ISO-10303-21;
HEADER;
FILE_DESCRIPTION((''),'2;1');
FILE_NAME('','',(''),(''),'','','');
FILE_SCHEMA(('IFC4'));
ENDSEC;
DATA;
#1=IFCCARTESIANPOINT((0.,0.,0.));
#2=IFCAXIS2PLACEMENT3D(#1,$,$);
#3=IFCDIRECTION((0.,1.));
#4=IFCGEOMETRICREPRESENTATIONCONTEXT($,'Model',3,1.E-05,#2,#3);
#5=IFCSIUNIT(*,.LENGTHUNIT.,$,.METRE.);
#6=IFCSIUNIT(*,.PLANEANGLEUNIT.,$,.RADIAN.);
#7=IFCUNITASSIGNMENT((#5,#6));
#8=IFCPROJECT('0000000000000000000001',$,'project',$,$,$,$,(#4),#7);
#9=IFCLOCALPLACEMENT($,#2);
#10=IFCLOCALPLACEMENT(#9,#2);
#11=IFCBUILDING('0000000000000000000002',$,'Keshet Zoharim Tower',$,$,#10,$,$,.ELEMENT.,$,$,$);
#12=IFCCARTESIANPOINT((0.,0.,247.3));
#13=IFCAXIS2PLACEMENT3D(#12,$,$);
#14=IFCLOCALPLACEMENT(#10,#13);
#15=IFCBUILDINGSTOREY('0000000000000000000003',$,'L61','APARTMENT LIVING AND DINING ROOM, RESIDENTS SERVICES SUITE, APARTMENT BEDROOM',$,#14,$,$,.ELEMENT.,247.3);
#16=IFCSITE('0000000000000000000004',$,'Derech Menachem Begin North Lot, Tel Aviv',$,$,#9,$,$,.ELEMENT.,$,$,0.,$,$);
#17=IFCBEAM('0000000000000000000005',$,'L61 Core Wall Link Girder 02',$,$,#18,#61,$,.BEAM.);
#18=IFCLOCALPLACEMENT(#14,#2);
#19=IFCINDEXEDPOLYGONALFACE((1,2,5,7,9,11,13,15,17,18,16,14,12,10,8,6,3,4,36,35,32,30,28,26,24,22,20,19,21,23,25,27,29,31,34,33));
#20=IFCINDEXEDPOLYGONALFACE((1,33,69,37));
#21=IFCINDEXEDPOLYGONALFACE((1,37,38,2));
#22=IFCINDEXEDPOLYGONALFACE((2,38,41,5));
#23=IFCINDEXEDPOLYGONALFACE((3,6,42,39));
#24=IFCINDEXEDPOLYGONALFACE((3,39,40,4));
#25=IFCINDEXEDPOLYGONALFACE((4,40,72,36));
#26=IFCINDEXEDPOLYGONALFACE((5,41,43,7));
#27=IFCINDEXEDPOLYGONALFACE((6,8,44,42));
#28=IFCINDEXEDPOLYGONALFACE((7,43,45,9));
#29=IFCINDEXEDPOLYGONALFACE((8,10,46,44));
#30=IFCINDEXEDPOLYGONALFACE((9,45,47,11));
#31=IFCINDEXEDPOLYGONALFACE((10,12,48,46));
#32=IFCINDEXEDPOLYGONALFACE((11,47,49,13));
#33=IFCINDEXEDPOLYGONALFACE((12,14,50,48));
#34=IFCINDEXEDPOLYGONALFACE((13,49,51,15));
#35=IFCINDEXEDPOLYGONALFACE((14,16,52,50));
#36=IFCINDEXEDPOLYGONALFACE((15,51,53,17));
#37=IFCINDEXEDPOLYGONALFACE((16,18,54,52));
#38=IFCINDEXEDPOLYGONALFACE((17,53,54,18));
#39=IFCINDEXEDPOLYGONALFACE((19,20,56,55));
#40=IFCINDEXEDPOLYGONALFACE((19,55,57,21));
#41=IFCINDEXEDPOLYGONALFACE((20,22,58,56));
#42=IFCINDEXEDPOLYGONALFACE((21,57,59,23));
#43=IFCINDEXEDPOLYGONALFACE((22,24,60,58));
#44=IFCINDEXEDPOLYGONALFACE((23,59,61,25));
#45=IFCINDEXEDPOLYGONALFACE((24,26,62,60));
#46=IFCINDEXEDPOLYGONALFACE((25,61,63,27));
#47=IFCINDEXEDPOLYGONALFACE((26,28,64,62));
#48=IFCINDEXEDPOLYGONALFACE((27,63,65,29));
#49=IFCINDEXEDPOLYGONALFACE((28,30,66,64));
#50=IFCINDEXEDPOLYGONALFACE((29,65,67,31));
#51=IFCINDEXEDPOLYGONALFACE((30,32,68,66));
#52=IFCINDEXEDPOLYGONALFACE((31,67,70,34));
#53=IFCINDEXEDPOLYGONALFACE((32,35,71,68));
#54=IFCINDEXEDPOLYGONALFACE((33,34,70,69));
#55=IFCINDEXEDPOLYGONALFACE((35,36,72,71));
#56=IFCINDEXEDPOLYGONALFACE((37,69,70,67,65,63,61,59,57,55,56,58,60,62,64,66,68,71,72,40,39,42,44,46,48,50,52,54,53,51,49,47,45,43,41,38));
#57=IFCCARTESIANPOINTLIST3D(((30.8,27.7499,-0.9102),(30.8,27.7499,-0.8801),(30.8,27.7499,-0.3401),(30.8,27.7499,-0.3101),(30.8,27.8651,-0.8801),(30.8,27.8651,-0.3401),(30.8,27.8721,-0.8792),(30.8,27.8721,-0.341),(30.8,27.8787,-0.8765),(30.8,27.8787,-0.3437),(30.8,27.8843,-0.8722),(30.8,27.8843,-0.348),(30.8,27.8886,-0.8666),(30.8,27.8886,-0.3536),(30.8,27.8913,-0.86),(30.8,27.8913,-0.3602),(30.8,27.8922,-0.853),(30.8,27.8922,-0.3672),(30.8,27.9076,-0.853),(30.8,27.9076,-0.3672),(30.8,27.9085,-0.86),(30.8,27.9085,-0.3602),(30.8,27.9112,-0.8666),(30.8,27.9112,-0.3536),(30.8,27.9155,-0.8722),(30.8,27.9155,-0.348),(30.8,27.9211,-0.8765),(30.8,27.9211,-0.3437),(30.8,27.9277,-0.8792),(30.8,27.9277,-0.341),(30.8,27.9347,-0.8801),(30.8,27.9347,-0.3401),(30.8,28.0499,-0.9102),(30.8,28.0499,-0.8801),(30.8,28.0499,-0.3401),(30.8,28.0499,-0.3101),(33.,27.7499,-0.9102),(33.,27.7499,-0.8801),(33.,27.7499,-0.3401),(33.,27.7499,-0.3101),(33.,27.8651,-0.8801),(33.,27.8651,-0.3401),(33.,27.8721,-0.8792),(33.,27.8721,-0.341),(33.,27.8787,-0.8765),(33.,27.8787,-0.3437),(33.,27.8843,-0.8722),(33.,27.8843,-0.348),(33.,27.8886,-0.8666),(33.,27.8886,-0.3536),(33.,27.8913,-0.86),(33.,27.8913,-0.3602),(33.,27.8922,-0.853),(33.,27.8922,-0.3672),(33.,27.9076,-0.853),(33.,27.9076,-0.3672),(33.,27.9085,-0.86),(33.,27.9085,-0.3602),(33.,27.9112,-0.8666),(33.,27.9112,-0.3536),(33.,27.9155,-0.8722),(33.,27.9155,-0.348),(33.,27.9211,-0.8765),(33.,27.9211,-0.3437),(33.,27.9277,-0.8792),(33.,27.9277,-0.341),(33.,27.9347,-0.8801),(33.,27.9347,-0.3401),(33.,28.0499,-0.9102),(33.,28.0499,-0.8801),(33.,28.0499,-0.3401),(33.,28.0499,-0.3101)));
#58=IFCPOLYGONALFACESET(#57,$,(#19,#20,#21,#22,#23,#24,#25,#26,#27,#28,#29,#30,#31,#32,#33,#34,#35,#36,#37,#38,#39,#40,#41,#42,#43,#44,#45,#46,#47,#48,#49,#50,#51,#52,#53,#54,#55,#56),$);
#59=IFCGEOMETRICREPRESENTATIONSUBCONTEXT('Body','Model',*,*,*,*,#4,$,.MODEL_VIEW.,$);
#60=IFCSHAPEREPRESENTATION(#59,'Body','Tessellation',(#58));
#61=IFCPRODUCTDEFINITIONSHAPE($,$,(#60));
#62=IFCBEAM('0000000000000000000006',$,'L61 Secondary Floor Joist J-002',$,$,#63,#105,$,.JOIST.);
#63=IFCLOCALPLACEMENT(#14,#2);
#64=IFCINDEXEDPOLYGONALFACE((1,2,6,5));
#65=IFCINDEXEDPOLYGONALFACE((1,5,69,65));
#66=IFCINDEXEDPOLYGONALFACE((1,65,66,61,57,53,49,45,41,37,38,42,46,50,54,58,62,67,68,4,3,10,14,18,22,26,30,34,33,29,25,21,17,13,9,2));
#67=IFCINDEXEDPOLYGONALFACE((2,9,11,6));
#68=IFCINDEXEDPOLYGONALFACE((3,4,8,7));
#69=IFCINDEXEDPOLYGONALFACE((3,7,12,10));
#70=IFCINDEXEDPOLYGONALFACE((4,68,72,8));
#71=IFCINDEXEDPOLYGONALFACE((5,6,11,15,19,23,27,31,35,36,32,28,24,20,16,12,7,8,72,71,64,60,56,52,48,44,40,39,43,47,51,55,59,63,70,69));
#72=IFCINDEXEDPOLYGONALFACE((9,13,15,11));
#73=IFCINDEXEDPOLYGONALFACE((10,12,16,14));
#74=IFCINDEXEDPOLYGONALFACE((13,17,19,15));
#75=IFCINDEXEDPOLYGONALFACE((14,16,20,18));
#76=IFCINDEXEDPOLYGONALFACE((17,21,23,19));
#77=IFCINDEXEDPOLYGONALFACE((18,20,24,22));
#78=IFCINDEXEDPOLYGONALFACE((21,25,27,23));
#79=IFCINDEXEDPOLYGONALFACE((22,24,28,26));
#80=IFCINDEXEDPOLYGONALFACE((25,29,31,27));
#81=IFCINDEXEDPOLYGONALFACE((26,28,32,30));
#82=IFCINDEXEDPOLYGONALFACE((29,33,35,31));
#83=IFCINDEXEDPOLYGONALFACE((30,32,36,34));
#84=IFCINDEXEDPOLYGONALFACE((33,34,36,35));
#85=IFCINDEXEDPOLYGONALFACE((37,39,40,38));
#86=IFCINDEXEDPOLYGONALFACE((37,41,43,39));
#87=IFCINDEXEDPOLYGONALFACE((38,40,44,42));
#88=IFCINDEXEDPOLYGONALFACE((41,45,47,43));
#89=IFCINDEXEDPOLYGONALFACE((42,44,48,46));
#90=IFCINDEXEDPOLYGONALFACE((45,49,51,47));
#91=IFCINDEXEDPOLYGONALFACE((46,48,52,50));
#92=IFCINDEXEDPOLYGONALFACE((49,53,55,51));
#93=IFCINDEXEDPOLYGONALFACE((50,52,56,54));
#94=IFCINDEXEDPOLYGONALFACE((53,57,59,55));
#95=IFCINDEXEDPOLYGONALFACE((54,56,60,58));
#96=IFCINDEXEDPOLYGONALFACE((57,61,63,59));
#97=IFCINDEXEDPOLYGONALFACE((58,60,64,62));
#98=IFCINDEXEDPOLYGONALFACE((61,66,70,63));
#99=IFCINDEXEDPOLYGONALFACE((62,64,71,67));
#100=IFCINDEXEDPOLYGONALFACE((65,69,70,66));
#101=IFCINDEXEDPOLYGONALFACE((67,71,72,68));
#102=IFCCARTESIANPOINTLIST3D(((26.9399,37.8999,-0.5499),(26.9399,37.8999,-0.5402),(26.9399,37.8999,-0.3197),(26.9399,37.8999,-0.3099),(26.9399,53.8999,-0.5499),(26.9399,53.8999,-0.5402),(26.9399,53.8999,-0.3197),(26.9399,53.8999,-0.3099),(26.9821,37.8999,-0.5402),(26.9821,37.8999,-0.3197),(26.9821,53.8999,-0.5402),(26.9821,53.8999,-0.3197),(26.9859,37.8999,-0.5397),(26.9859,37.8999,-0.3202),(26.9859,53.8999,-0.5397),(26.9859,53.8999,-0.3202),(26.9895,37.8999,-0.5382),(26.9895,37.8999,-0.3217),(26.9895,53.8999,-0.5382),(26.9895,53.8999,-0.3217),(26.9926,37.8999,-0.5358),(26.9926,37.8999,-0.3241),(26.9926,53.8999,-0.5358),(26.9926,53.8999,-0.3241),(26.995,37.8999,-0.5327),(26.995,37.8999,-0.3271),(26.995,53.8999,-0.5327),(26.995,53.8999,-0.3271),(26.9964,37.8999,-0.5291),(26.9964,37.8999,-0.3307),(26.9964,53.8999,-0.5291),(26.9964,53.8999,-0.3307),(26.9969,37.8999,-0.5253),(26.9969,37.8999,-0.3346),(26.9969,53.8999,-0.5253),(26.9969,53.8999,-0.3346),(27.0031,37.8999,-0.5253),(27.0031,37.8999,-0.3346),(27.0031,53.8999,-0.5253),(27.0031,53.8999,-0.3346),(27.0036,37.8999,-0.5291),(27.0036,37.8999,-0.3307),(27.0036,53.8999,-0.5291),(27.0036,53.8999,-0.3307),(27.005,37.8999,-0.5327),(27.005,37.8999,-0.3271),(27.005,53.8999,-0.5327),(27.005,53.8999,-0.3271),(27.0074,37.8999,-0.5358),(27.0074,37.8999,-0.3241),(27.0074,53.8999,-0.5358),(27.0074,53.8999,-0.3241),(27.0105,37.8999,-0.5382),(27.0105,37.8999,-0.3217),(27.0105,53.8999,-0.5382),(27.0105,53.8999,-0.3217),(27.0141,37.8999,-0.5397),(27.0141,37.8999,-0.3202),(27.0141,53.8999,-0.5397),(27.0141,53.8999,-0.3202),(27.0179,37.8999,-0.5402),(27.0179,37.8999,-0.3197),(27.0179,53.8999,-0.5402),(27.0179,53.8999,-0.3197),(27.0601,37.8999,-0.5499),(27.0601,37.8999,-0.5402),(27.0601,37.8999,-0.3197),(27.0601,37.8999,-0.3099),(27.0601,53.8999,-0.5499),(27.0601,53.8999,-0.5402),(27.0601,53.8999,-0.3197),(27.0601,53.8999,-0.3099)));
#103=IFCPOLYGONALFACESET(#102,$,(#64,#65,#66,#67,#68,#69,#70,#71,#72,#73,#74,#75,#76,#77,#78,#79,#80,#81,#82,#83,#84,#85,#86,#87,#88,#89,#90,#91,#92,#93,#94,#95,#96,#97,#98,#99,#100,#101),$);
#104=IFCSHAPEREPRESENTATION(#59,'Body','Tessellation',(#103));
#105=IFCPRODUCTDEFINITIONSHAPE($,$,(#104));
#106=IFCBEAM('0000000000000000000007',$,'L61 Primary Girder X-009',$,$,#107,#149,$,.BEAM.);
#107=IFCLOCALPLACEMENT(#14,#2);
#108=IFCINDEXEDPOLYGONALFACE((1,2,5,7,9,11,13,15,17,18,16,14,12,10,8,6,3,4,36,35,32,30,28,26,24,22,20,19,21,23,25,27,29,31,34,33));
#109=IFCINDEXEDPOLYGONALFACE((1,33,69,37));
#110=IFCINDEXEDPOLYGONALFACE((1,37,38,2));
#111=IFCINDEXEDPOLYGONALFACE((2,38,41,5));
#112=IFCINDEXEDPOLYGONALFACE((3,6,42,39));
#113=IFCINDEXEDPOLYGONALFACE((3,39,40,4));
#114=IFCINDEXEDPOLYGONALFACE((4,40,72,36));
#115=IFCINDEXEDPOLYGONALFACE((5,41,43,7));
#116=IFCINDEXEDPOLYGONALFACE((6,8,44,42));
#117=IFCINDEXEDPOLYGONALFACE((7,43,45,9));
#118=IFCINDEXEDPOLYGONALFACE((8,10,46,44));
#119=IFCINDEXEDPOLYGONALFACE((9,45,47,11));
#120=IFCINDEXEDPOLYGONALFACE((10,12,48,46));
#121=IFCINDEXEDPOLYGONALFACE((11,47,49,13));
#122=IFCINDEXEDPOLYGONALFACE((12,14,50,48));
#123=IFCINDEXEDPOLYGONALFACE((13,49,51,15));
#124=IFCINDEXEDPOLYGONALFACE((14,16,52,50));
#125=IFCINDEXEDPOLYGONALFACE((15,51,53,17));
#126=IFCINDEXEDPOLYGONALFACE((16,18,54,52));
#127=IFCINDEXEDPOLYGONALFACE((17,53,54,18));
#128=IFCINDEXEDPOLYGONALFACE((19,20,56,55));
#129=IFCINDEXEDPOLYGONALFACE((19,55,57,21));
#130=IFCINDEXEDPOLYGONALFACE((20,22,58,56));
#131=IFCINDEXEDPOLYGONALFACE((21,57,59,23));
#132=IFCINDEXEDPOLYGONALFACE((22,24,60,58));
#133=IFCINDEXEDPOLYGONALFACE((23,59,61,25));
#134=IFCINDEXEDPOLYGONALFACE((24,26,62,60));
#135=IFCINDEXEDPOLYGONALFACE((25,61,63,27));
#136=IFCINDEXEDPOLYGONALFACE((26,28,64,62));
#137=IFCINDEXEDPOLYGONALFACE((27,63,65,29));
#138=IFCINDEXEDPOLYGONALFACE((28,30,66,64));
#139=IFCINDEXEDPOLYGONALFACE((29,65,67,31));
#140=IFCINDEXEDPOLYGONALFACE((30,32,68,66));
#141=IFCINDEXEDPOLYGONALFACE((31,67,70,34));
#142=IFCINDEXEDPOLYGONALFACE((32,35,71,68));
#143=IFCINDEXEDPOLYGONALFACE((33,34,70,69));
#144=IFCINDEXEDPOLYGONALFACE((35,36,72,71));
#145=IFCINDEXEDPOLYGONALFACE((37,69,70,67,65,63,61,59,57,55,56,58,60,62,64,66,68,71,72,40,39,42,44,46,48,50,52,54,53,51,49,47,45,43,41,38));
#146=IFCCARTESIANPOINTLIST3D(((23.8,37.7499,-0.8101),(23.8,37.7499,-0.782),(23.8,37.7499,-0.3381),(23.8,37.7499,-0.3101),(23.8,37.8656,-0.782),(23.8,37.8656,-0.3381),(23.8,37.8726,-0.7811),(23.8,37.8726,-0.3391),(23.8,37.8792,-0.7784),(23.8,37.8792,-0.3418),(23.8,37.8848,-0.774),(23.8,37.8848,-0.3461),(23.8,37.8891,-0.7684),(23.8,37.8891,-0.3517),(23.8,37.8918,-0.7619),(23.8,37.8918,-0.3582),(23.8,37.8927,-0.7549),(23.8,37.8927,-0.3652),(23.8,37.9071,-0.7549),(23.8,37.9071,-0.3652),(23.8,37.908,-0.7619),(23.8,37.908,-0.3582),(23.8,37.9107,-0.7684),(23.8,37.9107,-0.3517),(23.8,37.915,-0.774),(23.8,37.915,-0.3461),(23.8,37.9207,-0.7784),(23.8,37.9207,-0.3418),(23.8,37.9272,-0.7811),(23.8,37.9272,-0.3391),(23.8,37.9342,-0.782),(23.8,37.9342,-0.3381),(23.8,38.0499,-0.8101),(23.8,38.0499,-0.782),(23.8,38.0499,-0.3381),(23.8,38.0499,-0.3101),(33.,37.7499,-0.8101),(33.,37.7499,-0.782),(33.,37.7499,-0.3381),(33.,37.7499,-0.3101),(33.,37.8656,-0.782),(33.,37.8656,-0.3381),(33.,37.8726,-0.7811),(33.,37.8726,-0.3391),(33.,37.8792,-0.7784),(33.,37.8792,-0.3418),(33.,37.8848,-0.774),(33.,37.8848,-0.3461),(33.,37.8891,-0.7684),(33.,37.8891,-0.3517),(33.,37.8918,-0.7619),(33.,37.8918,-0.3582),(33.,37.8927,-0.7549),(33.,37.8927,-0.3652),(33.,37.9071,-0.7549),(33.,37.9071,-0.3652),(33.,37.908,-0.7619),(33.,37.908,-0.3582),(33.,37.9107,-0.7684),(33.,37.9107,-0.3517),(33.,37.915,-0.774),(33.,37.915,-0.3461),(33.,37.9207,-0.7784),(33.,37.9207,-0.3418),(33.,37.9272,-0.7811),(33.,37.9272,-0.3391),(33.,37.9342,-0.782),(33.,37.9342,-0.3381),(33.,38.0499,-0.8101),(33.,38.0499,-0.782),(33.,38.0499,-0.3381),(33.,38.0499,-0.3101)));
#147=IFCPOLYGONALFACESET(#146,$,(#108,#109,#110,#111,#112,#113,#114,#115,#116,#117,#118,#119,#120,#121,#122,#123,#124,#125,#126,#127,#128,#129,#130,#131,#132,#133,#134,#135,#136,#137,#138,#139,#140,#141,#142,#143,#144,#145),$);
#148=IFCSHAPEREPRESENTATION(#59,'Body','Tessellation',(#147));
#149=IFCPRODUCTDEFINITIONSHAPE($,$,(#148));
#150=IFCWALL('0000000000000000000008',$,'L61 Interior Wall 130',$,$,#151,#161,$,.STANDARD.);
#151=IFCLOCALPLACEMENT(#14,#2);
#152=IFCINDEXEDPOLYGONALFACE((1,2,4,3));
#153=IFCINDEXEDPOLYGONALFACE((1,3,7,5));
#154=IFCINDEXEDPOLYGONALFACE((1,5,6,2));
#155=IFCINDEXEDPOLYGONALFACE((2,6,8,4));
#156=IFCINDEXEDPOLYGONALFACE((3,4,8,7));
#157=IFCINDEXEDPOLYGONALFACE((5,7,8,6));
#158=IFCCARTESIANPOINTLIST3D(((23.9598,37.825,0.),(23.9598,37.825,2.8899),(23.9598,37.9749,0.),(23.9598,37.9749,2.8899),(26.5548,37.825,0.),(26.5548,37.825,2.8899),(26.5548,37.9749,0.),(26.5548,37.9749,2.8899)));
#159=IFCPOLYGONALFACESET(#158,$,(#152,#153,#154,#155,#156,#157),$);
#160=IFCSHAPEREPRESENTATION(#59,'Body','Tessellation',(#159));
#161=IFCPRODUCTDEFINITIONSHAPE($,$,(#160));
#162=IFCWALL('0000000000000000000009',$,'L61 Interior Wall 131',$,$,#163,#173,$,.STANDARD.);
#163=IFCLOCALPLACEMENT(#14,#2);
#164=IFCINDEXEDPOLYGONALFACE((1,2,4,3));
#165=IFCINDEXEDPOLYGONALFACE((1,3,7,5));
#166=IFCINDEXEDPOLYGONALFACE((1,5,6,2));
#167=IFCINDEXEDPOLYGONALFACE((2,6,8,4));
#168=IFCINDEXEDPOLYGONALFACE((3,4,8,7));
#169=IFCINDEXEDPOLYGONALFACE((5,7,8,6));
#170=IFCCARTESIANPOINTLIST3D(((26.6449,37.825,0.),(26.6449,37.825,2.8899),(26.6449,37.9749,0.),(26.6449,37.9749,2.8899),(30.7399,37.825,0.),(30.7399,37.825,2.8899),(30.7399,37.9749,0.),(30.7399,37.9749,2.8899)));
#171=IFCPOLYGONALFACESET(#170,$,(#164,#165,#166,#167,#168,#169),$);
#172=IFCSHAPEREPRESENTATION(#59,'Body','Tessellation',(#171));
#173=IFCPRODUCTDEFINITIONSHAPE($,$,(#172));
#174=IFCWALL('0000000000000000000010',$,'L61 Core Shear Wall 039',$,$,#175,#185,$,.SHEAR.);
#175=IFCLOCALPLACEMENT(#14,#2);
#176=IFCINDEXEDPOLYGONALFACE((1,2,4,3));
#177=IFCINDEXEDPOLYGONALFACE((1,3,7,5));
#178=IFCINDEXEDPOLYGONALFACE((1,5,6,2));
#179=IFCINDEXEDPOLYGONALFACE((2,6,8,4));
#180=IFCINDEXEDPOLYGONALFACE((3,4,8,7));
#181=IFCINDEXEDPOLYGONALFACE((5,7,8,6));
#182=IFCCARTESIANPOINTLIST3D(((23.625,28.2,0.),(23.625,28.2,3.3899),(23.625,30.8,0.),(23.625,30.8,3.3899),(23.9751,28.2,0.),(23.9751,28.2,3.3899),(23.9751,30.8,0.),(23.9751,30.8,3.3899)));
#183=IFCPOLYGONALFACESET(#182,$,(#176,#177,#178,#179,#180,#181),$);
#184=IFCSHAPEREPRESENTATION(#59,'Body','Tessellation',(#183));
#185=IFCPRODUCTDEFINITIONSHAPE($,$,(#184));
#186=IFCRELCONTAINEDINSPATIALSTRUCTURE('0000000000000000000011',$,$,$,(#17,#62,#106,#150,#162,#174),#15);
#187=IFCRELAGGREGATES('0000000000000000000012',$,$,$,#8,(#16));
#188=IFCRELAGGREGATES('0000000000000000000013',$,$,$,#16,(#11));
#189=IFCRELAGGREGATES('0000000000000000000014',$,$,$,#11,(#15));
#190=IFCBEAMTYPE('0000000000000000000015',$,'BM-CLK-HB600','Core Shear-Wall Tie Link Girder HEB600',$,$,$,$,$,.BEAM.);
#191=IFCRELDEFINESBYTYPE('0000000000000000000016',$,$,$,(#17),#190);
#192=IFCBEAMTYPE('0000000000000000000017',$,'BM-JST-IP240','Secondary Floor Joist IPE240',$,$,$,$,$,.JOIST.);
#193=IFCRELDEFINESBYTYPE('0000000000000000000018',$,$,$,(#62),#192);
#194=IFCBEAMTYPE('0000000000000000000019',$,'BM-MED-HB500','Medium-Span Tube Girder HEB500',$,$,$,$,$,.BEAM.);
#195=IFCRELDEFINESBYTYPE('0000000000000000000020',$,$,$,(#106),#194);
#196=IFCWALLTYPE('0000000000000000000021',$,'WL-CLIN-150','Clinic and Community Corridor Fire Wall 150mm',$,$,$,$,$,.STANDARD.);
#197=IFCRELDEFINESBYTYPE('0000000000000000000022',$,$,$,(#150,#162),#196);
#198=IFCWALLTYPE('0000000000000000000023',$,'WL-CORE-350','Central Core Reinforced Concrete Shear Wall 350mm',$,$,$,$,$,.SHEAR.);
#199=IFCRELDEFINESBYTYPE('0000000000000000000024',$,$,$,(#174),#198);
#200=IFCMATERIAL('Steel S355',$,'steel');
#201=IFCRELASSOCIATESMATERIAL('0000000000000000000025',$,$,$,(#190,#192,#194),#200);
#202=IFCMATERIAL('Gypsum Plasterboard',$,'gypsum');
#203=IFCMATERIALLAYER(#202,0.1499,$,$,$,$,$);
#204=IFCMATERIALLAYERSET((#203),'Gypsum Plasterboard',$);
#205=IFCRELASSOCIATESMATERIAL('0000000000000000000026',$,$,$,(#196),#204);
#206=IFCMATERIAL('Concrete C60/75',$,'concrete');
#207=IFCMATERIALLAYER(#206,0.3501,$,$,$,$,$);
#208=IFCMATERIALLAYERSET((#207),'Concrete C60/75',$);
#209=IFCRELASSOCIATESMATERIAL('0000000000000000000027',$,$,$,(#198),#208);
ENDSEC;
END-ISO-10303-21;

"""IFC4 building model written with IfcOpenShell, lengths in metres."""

from ifc_helpers import new_model, si_unit, direction, frame, frame_2d, origin, origin_2d, place, context, subcontext, project, spatial, rectangle, i_section, extrude, material, layer, layer_set, material_profile, profile_set, type_object, element, save


model = new_model("IFC4")

# Units and contexts
model_context = context("Model", 3, precision=1e-05, world=origin(), true_north=direction((0.0, 1.0)))
body_context = subcontext(model_context, "Body", "Model", "MODEL_VIEW")
ifc_project = project(units=[si_unit("LENGTHUNIT", "METRE"), si_unit("PLANEANGLEUNIT", "RADIAN")], contexts=[model_context])

# Site, building, storey
site_placement = place(None, origin())
site = spatial("IfcSite", under=ifc_project, at=site_placement, Name="Derech Menachem Begin North Lot, Tel Aviv", CompositionType="ELEMENT", RefElevation=0.0)
building_placement = place(site_placement, origin())
building = spatial("IfcBuilding", under=site, at=building_placement, Name="Keshet Zoharim Tower", CompositionType="ELEMENT")
storey_placement = place(building_placement, frame((0.0, 0.0, 247.3)))
storey = spatial("IfcBuildingStorey", under=building, at=storey_placement, Name="L61", Description="APARTMENT LIVING AND DINING ROOM, RESIDENTS SERVICES SUITE, APARTMENT BEDROOM", CompositionType="ELEMENT", Elevation=247.3)

# Beams
ifc_material_1 = material(Name="Steel S355", Category="steel")
ifc_material_profile_1 = material_profile(ifc_material_1, i_section(OverallWidth=0.3, OverallDepth=0.6001, WebThickness=0.0154, FlangeThickness=0.03, FilletRadius=0.0271, at=origin_2d()), Name="HEB600")
ifc_profile_set_1 = profile_set([ifc_material_profile_1], Name="Steel S355")
beam_type_1 = type_object("IfcBeamType", Name="BM-CLK-HB600", Description="Core Shear-Wall Tie Link Girder HEB600", PredefinedType="BEAM", material=ifc_profile_set_1)
beam_1_placement = place(storey_placement, frame((30.8, 27.8999, -0.6101), z_axis=(1.0, 0.0, 0.0), x_axis=(0.0, 1.0, 0.0)))
element("IfcBeam", 1, at=beam_1_placement, inside=storey, type_object=beam_type_1, Name="L61 Core Wall Link Girder 02", PredefinedType="BEAM", context=body_context, shape_type="SweptSolid", body=[
    extrude(i_section(OverallWidth=0.3, OverallDepth=0.6001, WebThickness=0.0154, FlangeThickness=0.03, FilletRadius=0.0271, at=origin_2d()), origin(), (0.0, 0.0, 1.0), 2.2),
])
ifc_material_profile_2 = material_profile(ifc_material_1, i_section(OverallWidth=0.1201, OverallDepth=0.24, WebThickness=0.0061, FlangeThickness=0.0098, FilletRadius=0.0149, at=origin_2d()), Name="IPE240")
ifc_profile_set_2 = profile_set([ifc_material_profile_2], Name="Steel S355")
beam_type_2 = type_object("IfcBeamType", Name="BM-JST-IP240", Description="Secondary Floor Joist IPE240", PredefinedType="JOIST", material=ifc_profile_set_2)
beam_2_placement = place(storey_placement, frame((27.0, 37.8999, -0.4299), z_axis=(0.0, 1.0, 0.0), x_axis=(-1.0, 0.0, 0.0)))
element("IfcBeam", 2, at=beam_2_placement, inside=storey, type_object=beam_type_2, Name="L61 Secondary Floor Joist J-002", PredefinedType="JOIST", context=body_context, shape_type="SweptSolid", body=[
    extrude(i_section(OverallWidth=0.1201, OverallDepth=0.24, WebThickness=0.0061, FlangeThickness=0.0098, FilletRadius=0.0149, at=origin_2d()), origin(), (0.0, 0.0, 1.0), 16.0),
])
ifc_material_profile_3 = material_profile(ifc_material_1, i_section(OverallWidth=0.3, OverallDepth=0.5, WebThickness=0.0144, FlangeThickness=0.0281, FilletRadius=0.0271, at=origin_2d()), Name="HEB500")
ifc_profile_set_3 = profile_set([ifc_material_profile_3], Name="Steel S355")
beam_type_3 = type_object("IfcBeamType", Name="BM-MED-HB500", Description="Medium-Span Tube Girder HEB500", PredefinedType="BEAM", material=ifc_profile_set_3)
beam_3_placement = place(storey_placement, frame((23.8, 37.8999, -0.5601), z_axis=(1.0, 0.0, 0.0), x_axis=(0.0, 1.0, 0.0)))
element("IfcBeam", 3, at=beam_3_placement, inside=storey, type_object=beam_type_3, Name="L61 Primary Girder X-009", PredefinedType="BEAM", context=body_context, shape_type="SweptSolid", body=[
    extrude(i_section(OverallWidth=0.3, OverallDepth=0.5, WebThickness=0.0144, FlangeThickness=0.0281, FilletRadius=0.0271, at=origin_2d()), origin(), (0.0, 0.0, 1.0), 9.2),
])

# Walls
ifc_material_2 = material(Name="Gypsum Plasterboard", Category="gypsum")
ifc_layer_1 = layer(ifc_material_2, 0.1499)
ifc_layer_set_1 = layer_set([ifc_layer_1], Name="Gypsum Plasterboard")
wall_type_1 = type_object("IfcWallType", Name="WL-CLIN-150", Description="Clinic and Community Corridor Fire Wall 150mm", PredefinedType="STANDARD", material=ifc_layer_set_1)
wall_1_placement = place(storey_placement, frame((23.96, 37.8999, 0.0), z_axis=(0.0, 0.0, 1.0), x_axis=(1.0, 0.0, 0.0)))
element("IfcWall", 4, at=wall_1_placement, inside=storey, type_object=wall_type_1, Name="L61 Interior Wall 130", PredefinedType="STANDARD", context=body_context, shape_type="SweptSolid", body=[
    extrude(rectangle(XDim=2.595, YDim=0.1499, at=frame_2d((1.2974, 0.0))), origin(), (0.0, 0.0, 1.0), 2.8899),
])
wall_2_placement = place(storey_placement, frame((26.645, 37.8999, 0.0), z_axis=(0.0, 0.0, 1.0), x_axis=(1.0, 0.0, 0.0)))
element("IfcWall", 5, at=wall_2_placement, inside=storey, type_object=wall_type_1, Name="L61 Interior Wall 131", PredefinedType="STANDARD", context=body_context, shape_type="SweptSolid", body=[
    extrude(rectangle(XDim=4.095, YDim=0.1499, at=frame_2d((2.0474, 0.0))), origin(), (0.0, 0.0, 1.0), 2.8899),
])

# Shared definitions
ifc_material_3 = material(Name="Concrete C60/75", Category="concrete")
ifc_layer_2 = layer(ifc_material_3, 0.3501)
ifc_layer_set_2 = layer_set([ifc_layer_2], Name="Concrete C60/75")
wall_type_2 = type_object("IfcWallType", Name="WL-CORE-350", Description="Central Core Reinforced Concrete Shear Wall 350mm", PredefinedType="SHEAR", material=ifc_layer_set_2)

# Wall
wall_3_placement = place(storey_placement, frame((23.8, 28.2, 0.0), z_axis=(0.0, 0.0, 1.0), x_axis=(0.0, 1.0, 0.0)))
element("IfcWall", 6, at=wall_3_placement, inside=storey, type_object=wall_type_2, Name="L61 Core Shear Wall 039", PredefinedType="SHEAR", context=body_context, shape_type="SweptSolid", body=[
    extrude(rectangle(XDim=2.6001, YDim=0.3501, at=frame_2d((1.3, 0.0))), origin(), (0.0, 0.0, 1.0), 3.3899),
])

save(model, "model.ifc")
